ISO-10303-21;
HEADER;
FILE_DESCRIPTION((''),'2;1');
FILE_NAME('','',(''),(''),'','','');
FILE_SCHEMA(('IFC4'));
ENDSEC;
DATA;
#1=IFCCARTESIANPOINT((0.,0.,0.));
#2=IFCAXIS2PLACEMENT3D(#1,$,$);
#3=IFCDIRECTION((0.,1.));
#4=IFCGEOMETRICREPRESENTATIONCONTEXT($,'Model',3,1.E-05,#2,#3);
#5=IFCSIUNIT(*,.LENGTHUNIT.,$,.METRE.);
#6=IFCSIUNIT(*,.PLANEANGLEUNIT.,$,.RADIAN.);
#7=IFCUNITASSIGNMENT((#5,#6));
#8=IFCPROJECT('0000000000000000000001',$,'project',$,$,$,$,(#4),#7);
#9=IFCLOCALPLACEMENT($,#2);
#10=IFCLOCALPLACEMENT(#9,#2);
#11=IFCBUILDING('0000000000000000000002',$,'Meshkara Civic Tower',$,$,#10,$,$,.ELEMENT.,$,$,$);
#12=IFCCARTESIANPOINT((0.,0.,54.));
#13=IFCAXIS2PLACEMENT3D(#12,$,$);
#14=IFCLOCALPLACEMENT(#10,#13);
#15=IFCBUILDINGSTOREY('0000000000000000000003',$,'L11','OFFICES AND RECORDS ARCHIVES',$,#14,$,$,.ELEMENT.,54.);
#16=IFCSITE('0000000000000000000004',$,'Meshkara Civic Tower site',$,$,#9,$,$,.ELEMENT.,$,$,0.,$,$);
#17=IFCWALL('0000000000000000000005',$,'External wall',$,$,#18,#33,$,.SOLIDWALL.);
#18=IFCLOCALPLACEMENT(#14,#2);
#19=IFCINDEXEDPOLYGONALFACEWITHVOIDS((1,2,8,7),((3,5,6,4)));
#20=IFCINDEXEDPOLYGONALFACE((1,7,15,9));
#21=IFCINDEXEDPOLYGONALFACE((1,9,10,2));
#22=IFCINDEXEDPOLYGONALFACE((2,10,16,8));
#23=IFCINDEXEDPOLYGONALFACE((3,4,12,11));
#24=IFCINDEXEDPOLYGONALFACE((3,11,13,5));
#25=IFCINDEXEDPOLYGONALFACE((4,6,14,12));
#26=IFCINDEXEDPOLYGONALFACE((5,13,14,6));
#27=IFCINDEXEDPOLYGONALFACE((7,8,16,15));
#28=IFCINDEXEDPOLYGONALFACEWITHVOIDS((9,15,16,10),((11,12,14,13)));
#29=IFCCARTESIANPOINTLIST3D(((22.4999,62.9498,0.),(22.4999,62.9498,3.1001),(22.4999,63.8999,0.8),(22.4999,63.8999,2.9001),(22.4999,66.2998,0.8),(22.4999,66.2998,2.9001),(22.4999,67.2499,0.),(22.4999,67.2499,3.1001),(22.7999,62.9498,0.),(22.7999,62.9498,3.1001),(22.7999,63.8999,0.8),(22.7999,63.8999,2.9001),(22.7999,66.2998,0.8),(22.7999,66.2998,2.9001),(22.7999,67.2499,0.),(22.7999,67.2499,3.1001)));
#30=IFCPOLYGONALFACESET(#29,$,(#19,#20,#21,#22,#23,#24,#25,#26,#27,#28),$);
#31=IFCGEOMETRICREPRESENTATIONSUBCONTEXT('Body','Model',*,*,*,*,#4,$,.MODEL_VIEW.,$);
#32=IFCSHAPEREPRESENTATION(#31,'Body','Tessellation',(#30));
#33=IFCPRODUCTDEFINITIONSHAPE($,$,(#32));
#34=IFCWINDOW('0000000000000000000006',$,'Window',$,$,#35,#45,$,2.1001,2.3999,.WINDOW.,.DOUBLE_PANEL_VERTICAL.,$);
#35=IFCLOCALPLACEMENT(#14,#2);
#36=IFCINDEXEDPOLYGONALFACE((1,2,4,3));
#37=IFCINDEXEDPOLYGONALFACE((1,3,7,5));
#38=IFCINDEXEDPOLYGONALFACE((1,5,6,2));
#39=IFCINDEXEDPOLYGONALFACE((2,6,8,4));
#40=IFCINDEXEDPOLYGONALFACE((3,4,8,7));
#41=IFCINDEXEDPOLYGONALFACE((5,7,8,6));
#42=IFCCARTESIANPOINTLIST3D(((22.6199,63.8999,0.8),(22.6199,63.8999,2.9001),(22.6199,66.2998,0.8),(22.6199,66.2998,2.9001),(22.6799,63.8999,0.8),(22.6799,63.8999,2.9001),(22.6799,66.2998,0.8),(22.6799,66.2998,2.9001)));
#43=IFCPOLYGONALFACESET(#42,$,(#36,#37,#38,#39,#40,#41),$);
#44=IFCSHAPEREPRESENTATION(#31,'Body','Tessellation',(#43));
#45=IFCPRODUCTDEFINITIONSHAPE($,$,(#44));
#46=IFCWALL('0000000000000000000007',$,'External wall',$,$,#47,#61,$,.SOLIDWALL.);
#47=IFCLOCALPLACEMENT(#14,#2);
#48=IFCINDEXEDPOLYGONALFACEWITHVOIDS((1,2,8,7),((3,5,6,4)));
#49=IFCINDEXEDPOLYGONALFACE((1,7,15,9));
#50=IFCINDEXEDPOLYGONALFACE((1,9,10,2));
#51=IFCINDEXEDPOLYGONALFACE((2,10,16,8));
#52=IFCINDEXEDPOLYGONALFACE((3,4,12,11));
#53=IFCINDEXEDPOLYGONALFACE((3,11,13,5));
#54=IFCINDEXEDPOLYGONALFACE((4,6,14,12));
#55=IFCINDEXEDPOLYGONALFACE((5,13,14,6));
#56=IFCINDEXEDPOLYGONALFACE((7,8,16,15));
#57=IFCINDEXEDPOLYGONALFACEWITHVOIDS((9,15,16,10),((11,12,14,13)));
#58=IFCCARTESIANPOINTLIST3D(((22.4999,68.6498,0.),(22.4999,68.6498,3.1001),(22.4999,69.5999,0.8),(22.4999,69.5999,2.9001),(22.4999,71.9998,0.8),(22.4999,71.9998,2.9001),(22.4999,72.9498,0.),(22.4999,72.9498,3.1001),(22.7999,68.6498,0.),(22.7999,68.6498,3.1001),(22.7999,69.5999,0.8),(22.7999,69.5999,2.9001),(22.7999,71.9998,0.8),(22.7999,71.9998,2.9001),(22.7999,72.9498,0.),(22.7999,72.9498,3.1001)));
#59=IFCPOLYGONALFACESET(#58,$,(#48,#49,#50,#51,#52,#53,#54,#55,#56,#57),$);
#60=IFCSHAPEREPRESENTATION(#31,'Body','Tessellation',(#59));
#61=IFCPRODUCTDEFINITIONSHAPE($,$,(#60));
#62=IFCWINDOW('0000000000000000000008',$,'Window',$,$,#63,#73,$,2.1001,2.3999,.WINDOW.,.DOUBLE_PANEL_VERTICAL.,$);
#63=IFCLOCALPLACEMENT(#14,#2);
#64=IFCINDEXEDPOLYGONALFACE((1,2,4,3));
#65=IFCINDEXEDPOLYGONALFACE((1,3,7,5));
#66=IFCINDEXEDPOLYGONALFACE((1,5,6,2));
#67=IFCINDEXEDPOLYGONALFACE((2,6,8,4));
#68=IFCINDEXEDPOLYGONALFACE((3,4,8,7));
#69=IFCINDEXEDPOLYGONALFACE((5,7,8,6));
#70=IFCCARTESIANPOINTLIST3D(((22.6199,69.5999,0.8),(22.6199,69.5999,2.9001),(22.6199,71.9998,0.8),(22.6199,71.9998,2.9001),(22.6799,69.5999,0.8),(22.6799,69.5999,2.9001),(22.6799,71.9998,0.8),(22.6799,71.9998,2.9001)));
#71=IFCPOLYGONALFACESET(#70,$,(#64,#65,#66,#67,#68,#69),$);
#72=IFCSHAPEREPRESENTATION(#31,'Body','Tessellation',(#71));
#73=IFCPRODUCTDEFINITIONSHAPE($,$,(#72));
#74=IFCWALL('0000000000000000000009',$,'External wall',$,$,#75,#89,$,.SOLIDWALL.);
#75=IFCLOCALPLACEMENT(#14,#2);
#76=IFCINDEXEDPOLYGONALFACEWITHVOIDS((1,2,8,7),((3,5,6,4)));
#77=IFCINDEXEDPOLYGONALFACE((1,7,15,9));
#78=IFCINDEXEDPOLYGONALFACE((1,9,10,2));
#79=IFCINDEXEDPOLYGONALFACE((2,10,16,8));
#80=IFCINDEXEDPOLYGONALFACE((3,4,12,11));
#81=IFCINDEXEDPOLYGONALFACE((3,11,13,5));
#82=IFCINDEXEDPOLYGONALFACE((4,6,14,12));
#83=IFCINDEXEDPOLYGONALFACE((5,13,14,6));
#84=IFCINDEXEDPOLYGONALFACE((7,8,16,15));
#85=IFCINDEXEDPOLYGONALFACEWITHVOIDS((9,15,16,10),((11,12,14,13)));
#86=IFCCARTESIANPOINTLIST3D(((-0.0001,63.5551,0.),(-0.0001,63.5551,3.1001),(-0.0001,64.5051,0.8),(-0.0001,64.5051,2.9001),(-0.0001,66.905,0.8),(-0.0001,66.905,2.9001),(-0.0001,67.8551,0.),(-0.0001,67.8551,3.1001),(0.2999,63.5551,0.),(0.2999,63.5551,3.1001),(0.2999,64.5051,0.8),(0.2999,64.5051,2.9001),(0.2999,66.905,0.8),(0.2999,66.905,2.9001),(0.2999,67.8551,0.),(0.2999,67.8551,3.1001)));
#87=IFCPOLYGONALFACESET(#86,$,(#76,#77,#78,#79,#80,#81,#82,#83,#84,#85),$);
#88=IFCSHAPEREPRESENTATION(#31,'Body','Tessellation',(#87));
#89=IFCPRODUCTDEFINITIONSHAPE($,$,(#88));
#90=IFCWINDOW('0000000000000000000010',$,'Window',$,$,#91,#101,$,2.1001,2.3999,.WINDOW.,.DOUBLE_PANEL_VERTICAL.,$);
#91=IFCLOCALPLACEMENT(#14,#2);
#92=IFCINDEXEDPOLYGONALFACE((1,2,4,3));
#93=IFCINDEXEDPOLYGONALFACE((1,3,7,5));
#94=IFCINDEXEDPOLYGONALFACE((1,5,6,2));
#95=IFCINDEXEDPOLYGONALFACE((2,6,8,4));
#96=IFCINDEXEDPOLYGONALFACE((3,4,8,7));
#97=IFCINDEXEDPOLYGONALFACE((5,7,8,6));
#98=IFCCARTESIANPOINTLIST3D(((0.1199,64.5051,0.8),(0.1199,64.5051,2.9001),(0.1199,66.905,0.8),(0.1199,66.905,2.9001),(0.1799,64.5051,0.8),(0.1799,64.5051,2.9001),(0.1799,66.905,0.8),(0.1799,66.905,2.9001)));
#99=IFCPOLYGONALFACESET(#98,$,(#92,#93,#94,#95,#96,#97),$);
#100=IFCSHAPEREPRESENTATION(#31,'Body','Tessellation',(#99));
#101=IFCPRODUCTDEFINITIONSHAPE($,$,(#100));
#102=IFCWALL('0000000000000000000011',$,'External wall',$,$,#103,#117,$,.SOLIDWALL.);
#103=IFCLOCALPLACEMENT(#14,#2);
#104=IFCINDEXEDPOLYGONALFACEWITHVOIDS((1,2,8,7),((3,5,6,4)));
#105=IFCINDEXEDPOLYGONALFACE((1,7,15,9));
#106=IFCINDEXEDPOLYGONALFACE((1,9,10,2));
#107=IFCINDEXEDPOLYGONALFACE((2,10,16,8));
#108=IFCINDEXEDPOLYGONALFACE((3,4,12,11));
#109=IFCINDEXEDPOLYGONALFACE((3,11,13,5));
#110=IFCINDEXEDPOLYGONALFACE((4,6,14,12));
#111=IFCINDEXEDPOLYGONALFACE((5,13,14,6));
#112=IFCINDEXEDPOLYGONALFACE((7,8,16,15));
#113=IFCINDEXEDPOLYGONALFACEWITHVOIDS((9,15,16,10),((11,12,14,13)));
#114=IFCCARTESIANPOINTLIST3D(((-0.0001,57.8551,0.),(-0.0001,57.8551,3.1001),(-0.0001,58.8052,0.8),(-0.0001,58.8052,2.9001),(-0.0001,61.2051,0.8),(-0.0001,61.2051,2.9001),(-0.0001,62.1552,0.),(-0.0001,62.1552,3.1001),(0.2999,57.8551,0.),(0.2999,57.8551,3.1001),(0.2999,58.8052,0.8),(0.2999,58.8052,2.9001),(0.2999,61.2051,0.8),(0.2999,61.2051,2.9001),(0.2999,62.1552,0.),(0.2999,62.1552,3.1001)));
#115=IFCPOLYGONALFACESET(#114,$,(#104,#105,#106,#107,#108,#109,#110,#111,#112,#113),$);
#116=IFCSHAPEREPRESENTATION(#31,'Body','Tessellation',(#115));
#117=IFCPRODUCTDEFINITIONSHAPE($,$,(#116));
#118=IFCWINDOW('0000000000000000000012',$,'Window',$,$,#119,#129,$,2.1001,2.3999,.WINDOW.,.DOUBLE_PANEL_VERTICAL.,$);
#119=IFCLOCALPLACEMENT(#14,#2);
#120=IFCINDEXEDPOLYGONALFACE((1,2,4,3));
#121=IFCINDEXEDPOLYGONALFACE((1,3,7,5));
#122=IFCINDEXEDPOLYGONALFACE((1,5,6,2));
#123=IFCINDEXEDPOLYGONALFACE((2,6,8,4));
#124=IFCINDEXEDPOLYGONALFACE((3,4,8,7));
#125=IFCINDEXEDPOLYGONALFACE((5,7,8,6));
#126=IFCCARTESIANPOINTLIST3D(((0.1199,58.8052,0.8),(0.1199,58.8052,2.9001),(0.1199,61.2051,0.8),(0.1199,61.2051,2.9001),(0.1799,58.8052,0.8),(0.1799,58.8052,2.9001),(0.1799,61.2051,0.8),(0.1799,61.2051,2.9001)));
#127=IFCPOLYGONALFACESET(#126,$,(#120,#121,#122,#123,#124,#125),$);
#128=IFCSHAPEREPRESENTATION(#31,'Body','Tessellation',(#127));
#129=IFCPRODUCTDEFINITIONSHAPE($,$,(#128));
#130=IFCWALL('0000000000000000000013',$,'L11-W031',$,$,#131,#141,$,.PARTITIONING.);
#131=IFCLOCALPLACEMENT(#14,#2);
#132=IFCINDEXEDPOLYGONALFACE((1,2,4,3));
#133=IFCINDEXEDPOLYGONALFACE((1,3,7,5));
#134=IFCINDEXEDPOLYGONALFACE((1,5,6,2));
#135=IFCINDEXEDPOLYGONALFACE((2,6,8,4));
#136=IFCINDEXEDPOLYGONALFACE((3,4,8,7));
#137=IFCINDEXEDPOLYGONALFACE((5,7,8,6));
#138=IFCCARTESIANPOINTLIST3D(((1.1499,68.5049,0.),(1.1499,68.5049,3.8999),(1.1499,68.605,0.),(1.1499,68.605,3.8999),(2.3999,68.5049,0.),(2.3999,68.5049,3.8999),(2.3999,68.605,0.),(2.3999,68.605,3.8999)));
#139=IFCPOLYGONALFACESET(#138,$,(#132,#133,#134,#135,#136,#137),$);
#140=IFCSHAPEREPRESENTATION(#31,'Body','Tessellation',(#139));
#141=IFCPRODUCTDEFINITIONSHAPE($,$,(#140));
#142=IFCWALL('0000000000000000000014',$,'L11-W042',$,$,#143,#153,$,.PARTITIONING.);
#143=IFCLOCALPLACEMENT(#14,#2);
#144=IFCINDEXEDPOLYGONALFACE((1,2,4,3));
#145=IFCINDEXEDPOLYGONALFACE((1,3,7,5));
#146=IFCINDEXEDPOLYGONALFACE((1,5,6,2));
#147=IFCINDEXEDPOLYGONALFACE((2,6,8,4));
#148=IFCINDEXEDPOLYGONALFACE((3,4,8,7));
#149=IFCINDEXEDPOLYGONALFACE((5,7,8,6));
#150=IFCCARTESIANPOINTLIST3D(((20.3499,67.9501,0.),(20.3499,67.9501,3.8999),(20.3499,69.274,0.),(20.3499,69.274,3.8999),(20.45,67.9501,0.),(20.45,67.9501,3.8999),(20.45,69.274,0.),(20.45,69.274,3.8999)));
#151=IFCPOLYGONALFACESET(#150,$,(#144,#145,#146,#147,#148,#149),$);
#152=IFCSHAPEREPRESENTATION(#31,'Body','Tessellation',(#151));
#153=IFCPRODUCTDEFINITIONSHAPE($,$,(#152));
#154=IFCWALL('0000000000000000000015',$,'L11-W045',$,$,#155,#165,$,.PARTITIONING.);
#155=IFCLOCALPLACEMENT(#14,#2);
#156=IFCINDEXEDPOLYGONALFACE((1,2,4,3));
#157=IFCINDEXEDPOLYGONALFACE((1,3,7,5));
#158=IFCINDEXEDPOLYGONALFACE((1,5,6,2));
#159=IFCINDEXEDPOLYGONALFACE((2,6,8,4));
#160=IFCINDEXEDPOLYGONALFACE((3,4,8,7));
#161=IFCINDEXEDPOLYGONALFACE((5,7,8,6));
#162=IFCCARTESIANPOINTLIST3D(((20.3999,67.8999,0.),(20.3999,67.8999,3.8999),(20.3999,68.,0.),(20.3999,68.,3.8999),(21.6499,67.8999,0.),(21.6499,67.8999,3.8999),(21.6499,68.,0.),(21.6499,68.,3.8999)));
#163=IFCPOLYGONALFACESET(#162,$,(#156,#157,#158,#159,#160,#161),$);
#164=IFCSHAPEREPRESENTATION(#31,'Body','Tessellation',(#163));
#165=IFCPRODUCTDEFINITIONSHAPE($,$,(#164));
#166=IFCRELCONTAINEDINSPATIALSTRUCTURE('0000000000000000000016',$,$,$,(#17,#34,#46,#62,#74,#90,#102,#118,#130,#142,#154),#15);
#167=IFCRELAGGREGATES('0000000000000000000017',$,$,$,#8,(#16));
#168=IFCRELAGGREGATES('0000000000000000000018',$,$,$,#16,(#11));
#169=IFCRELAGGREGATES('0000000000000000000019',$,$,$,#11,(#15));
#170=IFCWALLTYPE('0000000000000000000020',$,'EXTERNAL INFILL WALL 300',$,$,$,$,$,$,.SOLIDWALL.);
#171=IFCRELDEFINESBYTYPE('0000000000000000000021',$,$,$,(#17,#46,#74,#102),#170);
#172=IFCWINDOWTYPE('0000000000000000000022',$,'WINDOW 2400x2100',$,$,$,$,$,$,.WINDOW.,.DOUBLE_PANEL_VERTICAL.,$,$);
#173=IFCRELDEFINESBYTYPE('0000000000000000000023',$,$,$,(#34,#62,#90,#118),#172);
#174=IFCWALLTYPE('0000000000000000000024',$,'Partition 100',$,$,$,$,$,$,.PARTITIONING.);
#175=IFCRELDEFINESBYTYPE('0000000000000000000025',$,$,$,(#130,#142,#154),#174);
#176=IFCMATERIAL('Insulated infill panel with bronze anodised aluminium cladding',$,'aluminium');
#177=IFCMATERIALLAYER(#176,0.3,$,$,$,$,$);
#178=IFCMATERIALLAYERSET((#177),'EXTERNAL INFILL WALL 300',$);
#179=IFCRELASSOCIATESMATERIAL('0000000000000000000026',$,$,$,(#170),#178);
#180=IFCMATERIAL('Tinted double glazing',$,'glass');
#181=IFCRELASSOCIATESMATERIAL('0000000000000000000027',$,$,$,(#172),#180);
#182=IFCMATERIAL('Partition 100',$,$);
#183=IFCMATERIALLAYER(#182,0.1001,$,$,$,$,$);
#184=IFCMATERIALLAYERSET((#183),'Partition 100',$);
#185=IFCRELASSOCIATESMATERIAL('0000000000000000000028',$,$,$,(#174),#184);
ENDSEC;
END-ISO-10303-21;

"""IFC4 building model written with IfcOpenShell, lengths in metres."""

from ifc_helpers import new_model, si_unit, direction, frame, frame_2d, origin, place, context, subcontext, project, spatial, rectangle, extrude, material, layer, layer_set, type_object, element, fill, save


model = new_model("IFC4")

# Units and contexts
model_context = context("Model", 3, precision=1e-05, world=origin(), true_north=direction((0.0, 1.0)))
body_context = subcontext(model_context, "Body", "Model", "MODEL_VIEW")
ifc_project = project(units=[si_unit("LENGTHUNIT", "METRE"), si_unit("PLANEANGLEUNIT", "RADIAN")], contexts=[model_context])

# Site, building, storey
site_placement = place(None, origin())
site = spatial("IfcSite", under=ifc_project, at=site_placement, Name="Meshkara Civic Tower site", CompositionType="ELEMENT", RefElevation=0.0)
building_placement = place(site_placement, origin())
building = spatial("IfcBuilding", under=site, at=building_placement, Name="Meshkara Civic Tower", CompositionType="ELEMENT")
storey_placement = place(building_placement, frame((0.0, 0.0, 54.0)))
storey = spatial("IfcBuildingStorey", under=building, at=storey_placement, Name="L11", Description="OFFICES AND RECORDS ARCHIVES", CompositionType="ELEMENT", Elevation=54.0)

# Walls, openings, windows
ifc_material_1 = material(Name="Insulated infill panel with bronze anodised aluminium cladding", Category="aluminium")
ifc_layer_1 = layer(ifc_material_1, 0.3)
ifc_layer_set_1 = layer_set([ifc_layer_1], Name="EXTERNAL INFILL WALL 300")
wall_type_1 = type_object("IfcWallType", Name="EXTERNAL INFILL WALL 300", PredefinedType="SOLIDWALL", material=ifc_layer_set_1)
wall_1_placement = place(storey_placement, frame((22.6499, 62.95, 0.0), z_axis=(0.0, 0.0, 1.0), x_axis=(0.0, 1.0, 0.0)))
wall_1 = element("IfcWall", 1, at=wall_1_placement, inside=storey, type_object=wall_type_1, Name="External wall", PredefinedType="SOLIDWALL", context=body_context, shape_type="SweptSolid", body=[
    extrude(rectangle(XDim=4.3, YDim=0.3, at=frame_2d((2.1499, 0.0))), origin(), (0.0, 0.0, 1.0), 3.1001),
])
opening_1_placement = place(wall_1_placement, frame((0.95, 0.0, 0.8)))
opening_1 = element("IfcOpeningElement", 2, at=opening_1_placement, cuts=wall_1, PredefinedType="OPENING", context=body_context, shape_type="SweptSolid", body=[
    extrude(rectangle(XDim=2.3999, YDim=2.1001, at=frame_2d((1.2, 1.05))), frame((0.0, 0.1599, 0.0), z_axis=(0.0, -1.0, 0.0), x_axis=(1.0, 0.0, 0.0)), (0.0, 0.0, 1.0), 0.3201),
])
ifc_material_2 = material(Name="Tinted double glazing", Category="glass")
window_type = type_object("IfcWindowType", Name="WINDOW 2400x2100", PartitioningType="DOUBLE_PANEL_VERTICAL", PredefinedType="WINDOW", material=ifc_material_2)
window_1_placement = place(opening_1_placement, origin())
window_1 = element("IfcWindow", 3, at=window_1_placement, inside=storey, type_object=window_type, Name="Window", OverallHeight=2.1001, OverallWidth=2.3999, PartitioningType="DOUBLE_PANEL_VERTICAL", PredefinedType="WINDOW", context=body_context, shape_type="SweptSolid", body=[
    extrude(rectangle(XDim=2.3999, YDim=2.1001, at=frame_2d((1.2, 1.05))), frame((0.0, 0.03, 0.0), z_axis=(0.0, -1.0, 0.0), x_axis=(1.0, 0.0, 0.0)), (0.0, 0.0, 1.0), 0.0601),
])
fill(opening_1, window_1)
wall_2_placement = place(storey_placement, frame((22.6499, 68.6499, 0.0), z_axis=(0.0, 0.0, 1.0), x_axis=(0.0, 1.0, 0.0)))
wall_2 = element("IfcWall", 4, at=wall_2_placement, inside=storey, type_object=wall_type_1, Name="External wall", PredefinedType="SOLIDWALL", context=body_context, shape_type="SweptSolid", body=[
    extrude(rectangle(XDim=4.3, YDim=0.3, at=frame_2d((2.1499, 0.0))), origin(), (0.0, 0.0, 1.0), 3.1001),
])
opening_2_placement = place(wall_2_placement, frame((0.95, 0.0, 0.8)))
opening_2 = element("IfcOpeningElement", 5, at=opening_2_placement, cuts=wall_2, PredefinedType="OPENING", context=body_context, shape_type="SweptSolid", body=[
    extrude(rectangle(XDim=2.3999, YDim=2.1001, at=frame_2d((1.2, 1.05))), frame((0.0, 0.1599, 0.0), z_axis=(0.0, -1.0, 0.0), x_axis=(1.0, 0.0, 0.0)), (0.0, 0.0, 1.0), 0.3201),
])
window_2_placement = place(opening_2_placement, origin())
window_2 = element("IfcWindow", 6, at=window_2_placement, inside=storey, type_object=window_type, Name="Window", OverallHeight=2.1001, OverallWidth=2.3999, PartitioningType="DOUBLE_PANEL_VERTICAL", PredefinedType="WINDOW", context=body_context, shape_type="SweptSolid", body=[
    extrude(rectangle(XDim=2.3999, YDim=2.1001, at=frame_2d((1.2, 1.05))), frame((0.0, 0.03, 0.0), z_axis=(0.0, -1.0, 0.0), x_axis=(1.0, 0.0, 0.0)), (0.0, 0.0, 1.0), 0.0601),
])
fill(opening_2, window_2)
wall_3_placement = place(storey_placement, frame((0.1499, 67.855, 0.0), z_axis=(0.0, 0.0, 1.0), x_axis=(0.0, -1.0, 0.0)))
wall_3 = element("IfcWall", 7, at=wall_3_placement, inside=storey, type_object=wall_type_1, Name="External wall", PredefinedType="SOLIDWALL", context=body_context, shape_type="SweptSolid", body=[
    extrude(rectangle(XDim=4.3, YDim=0.3, at=frame_2d((2.1499, 0.0))), origin(), (0.0, 0.0, 1.0), 3.1001),
])
opening_3_placement = place(wall_3_placement, frame((0.95, 0.0, 0.8)))
opening_3 = element("IfcOpeningElement", 8, at=opening_3_placement, cuts=wall_3, PredefinedType="OPENING", context=body_context, shape_type="SweptSolid", body=[
    extrude(rectangle(XDim=2.3999, YDim=2.1001, at=frame_2d((1.2, 1.05))), frame((0.0, 0.1599, 0.0), z_axis=(0.0, -1.0, 0.0), x_axis=(1.0, 0.0, 0.0)), (0.0, 0.0, 1.0), 0.3201),
])
window_3_placement = place(opening_3_placement, origin())
window_3 = element("IfcWindow", 9, at=window_3_placement, inside=storey, type_object=window_type, Name="Window", OverallHeight=2.1001, OverallWidth=2.3999, PartitioningType="DOUBLE_PANEL_VERTICAL", PredefinedType="WINDOW", context=body_context, shape_type="SweptSolid", body=[
    extrude(rectangle(XDim=2.3999, YDim=2.1001, at=frame_2d((1.2, 1.05))), frame((0.0, 0.03, 0.0), z_axis=(0.0, -1.0, 0.0), x_axis=(1.0, 0.0, 0.0)), (0.0, 0.0, 1.0), 0.0601),
])
fill(opening_3, window_3)
wall_4_placement = place(storey_placement, frame((0.1499, 62.155, 0.0), z_axis=(0.0, 0.0, 1.0), x_axis=(0.0, -1.0, 0.0)))
wall_4 = element("IfcWall", 10, at=wall_4_placement, inside=storey, type_object=wall_type_1, Name="External wall", PredefinedType="SOLIDWALL", context=body_context, shape_type="SweptSolid", body=[
    extrude(rectangle(XDim=4.3, YDim=0.3, at=frame_2d((2.1499, 0.0))), origin(), (0.0, 0.0, 1.0), 3.1001),
])
opening_4_placement = place(wall_4_placement, frame((0.95, 0.0, 0.8)))
opening_4 = element("IfcOpeningElement", 11, at=opening_4_placement, cuts=wall_4, PredefinedType="OPENING", context=body_context, shape_type="SweptSolid", body=[
    extrude(rectangle(XDim=2.3999, YDim=2.1001, at=frame_2d((1.2, 1.05))), frame((0.0, 0.1599, 0.0), z_axis=(0.0, -1.0, 0.0), x_axis=(1.0, 0.0, 0.0)), (0.0, 0.0, 1.0), 0.3201),
])
window_4_placement = place(opening_4_placement, origin())
window_4 = element("IfcWindow", 12, at=window_4_placement, inside=storey, type_object=window_type, Name="Window", OverallHeight=2.1001, OverallWidth=2.3999, PartitioningType="DOUBLE_PANEL_VERTICAL", PredefinedType="WINDOW", context=body_context, shape_type="SweptSolid", body=[
    extrude(rectangle(XDim=2.3999, YDim=2.1001, at=frame_2d((1.2, 1.05))), frame((0.0, 0.03, 0.0), z_axis=(0.0, -1.0, 0.0), x_axis=(1.0, 0.0, 0.0)), (0.0, 0.0, 1.0), 0.0601),
])
fill(opening_4, window_4)

# Walls
ifc_material_3 = material(Name="Partition 100")
ifc_layer_2 = layer(ifc_material_3, 0.1001)
ifc_layer_set_2 = layer_set([ifc_layer_2], Name="Partition 100")
wall_type_2 = type_object("IfcWallType", Name="Partition 100", PredefinedType="PARTITIONING", material=ifc_layer_set_2)
wall_5_placement = place(storey_placement, frame((2.3999, 68.5549, 0.0), z_axis=(0.0, 0.0, 1.0), x_axis=(-1.0, 0.0, 0.0)))
element("IfcWall", 13, at=wall_5_placement, inside=storey, type_object=wall_type_2, Name="L11-W031", PredefinedType="PARTITIONING", context=body_context, shape_type="SweptSolid", body=[
    extrude(rectangle(XDim=1.25, YDim=0.1001, at=frame_2d((0.625, 0.0))), origin(), (0.0, 0.0, 1.0), 3.8999),
])
wall_6_placement = place(storey_placement, frame((20.3999, 67.95, 0.0), z_axis=(0.0, 0.0, 1.0), x_axis=(0.0, 1.0, 0.0)))
element("IfcWall", 14, at=wall_6_placement, inside=storey, type_object=wall_type_2, Name="L11-W042", PredefinedType="PARTITIONING", context=body_context, shape_type="SweptSolid", body=[
    extrude(rectangle(XDim=1.324, YDim=0.1001, at=frame_2d((0.6621, 0.0))), origin(), (0.0, 0.0, 1.0), 3.8999),
])
wall_7_placement = place(storey_placement, frame((21.6499, 67.95, 0.0), z_axis=(0.0, 0.0, 1.0), x_axis=(-1.0, 0.0, 0.0)))
element("IfcWall", 15, at=wall_7_placement, inside=storey, type_object=wall_type_2, Name="L11-W045", PredefinedType="PARTITIONING", context=body_context, shape_type="SweptSolid", body=[
    extrude(rectangle(XDim=1.25, YDim=0.1001, at=frame_2d((0.625, 0.0))), origin(), (0.0, 0.0, 1.0), 3.8999),
])

save(model, "model.ifc")
